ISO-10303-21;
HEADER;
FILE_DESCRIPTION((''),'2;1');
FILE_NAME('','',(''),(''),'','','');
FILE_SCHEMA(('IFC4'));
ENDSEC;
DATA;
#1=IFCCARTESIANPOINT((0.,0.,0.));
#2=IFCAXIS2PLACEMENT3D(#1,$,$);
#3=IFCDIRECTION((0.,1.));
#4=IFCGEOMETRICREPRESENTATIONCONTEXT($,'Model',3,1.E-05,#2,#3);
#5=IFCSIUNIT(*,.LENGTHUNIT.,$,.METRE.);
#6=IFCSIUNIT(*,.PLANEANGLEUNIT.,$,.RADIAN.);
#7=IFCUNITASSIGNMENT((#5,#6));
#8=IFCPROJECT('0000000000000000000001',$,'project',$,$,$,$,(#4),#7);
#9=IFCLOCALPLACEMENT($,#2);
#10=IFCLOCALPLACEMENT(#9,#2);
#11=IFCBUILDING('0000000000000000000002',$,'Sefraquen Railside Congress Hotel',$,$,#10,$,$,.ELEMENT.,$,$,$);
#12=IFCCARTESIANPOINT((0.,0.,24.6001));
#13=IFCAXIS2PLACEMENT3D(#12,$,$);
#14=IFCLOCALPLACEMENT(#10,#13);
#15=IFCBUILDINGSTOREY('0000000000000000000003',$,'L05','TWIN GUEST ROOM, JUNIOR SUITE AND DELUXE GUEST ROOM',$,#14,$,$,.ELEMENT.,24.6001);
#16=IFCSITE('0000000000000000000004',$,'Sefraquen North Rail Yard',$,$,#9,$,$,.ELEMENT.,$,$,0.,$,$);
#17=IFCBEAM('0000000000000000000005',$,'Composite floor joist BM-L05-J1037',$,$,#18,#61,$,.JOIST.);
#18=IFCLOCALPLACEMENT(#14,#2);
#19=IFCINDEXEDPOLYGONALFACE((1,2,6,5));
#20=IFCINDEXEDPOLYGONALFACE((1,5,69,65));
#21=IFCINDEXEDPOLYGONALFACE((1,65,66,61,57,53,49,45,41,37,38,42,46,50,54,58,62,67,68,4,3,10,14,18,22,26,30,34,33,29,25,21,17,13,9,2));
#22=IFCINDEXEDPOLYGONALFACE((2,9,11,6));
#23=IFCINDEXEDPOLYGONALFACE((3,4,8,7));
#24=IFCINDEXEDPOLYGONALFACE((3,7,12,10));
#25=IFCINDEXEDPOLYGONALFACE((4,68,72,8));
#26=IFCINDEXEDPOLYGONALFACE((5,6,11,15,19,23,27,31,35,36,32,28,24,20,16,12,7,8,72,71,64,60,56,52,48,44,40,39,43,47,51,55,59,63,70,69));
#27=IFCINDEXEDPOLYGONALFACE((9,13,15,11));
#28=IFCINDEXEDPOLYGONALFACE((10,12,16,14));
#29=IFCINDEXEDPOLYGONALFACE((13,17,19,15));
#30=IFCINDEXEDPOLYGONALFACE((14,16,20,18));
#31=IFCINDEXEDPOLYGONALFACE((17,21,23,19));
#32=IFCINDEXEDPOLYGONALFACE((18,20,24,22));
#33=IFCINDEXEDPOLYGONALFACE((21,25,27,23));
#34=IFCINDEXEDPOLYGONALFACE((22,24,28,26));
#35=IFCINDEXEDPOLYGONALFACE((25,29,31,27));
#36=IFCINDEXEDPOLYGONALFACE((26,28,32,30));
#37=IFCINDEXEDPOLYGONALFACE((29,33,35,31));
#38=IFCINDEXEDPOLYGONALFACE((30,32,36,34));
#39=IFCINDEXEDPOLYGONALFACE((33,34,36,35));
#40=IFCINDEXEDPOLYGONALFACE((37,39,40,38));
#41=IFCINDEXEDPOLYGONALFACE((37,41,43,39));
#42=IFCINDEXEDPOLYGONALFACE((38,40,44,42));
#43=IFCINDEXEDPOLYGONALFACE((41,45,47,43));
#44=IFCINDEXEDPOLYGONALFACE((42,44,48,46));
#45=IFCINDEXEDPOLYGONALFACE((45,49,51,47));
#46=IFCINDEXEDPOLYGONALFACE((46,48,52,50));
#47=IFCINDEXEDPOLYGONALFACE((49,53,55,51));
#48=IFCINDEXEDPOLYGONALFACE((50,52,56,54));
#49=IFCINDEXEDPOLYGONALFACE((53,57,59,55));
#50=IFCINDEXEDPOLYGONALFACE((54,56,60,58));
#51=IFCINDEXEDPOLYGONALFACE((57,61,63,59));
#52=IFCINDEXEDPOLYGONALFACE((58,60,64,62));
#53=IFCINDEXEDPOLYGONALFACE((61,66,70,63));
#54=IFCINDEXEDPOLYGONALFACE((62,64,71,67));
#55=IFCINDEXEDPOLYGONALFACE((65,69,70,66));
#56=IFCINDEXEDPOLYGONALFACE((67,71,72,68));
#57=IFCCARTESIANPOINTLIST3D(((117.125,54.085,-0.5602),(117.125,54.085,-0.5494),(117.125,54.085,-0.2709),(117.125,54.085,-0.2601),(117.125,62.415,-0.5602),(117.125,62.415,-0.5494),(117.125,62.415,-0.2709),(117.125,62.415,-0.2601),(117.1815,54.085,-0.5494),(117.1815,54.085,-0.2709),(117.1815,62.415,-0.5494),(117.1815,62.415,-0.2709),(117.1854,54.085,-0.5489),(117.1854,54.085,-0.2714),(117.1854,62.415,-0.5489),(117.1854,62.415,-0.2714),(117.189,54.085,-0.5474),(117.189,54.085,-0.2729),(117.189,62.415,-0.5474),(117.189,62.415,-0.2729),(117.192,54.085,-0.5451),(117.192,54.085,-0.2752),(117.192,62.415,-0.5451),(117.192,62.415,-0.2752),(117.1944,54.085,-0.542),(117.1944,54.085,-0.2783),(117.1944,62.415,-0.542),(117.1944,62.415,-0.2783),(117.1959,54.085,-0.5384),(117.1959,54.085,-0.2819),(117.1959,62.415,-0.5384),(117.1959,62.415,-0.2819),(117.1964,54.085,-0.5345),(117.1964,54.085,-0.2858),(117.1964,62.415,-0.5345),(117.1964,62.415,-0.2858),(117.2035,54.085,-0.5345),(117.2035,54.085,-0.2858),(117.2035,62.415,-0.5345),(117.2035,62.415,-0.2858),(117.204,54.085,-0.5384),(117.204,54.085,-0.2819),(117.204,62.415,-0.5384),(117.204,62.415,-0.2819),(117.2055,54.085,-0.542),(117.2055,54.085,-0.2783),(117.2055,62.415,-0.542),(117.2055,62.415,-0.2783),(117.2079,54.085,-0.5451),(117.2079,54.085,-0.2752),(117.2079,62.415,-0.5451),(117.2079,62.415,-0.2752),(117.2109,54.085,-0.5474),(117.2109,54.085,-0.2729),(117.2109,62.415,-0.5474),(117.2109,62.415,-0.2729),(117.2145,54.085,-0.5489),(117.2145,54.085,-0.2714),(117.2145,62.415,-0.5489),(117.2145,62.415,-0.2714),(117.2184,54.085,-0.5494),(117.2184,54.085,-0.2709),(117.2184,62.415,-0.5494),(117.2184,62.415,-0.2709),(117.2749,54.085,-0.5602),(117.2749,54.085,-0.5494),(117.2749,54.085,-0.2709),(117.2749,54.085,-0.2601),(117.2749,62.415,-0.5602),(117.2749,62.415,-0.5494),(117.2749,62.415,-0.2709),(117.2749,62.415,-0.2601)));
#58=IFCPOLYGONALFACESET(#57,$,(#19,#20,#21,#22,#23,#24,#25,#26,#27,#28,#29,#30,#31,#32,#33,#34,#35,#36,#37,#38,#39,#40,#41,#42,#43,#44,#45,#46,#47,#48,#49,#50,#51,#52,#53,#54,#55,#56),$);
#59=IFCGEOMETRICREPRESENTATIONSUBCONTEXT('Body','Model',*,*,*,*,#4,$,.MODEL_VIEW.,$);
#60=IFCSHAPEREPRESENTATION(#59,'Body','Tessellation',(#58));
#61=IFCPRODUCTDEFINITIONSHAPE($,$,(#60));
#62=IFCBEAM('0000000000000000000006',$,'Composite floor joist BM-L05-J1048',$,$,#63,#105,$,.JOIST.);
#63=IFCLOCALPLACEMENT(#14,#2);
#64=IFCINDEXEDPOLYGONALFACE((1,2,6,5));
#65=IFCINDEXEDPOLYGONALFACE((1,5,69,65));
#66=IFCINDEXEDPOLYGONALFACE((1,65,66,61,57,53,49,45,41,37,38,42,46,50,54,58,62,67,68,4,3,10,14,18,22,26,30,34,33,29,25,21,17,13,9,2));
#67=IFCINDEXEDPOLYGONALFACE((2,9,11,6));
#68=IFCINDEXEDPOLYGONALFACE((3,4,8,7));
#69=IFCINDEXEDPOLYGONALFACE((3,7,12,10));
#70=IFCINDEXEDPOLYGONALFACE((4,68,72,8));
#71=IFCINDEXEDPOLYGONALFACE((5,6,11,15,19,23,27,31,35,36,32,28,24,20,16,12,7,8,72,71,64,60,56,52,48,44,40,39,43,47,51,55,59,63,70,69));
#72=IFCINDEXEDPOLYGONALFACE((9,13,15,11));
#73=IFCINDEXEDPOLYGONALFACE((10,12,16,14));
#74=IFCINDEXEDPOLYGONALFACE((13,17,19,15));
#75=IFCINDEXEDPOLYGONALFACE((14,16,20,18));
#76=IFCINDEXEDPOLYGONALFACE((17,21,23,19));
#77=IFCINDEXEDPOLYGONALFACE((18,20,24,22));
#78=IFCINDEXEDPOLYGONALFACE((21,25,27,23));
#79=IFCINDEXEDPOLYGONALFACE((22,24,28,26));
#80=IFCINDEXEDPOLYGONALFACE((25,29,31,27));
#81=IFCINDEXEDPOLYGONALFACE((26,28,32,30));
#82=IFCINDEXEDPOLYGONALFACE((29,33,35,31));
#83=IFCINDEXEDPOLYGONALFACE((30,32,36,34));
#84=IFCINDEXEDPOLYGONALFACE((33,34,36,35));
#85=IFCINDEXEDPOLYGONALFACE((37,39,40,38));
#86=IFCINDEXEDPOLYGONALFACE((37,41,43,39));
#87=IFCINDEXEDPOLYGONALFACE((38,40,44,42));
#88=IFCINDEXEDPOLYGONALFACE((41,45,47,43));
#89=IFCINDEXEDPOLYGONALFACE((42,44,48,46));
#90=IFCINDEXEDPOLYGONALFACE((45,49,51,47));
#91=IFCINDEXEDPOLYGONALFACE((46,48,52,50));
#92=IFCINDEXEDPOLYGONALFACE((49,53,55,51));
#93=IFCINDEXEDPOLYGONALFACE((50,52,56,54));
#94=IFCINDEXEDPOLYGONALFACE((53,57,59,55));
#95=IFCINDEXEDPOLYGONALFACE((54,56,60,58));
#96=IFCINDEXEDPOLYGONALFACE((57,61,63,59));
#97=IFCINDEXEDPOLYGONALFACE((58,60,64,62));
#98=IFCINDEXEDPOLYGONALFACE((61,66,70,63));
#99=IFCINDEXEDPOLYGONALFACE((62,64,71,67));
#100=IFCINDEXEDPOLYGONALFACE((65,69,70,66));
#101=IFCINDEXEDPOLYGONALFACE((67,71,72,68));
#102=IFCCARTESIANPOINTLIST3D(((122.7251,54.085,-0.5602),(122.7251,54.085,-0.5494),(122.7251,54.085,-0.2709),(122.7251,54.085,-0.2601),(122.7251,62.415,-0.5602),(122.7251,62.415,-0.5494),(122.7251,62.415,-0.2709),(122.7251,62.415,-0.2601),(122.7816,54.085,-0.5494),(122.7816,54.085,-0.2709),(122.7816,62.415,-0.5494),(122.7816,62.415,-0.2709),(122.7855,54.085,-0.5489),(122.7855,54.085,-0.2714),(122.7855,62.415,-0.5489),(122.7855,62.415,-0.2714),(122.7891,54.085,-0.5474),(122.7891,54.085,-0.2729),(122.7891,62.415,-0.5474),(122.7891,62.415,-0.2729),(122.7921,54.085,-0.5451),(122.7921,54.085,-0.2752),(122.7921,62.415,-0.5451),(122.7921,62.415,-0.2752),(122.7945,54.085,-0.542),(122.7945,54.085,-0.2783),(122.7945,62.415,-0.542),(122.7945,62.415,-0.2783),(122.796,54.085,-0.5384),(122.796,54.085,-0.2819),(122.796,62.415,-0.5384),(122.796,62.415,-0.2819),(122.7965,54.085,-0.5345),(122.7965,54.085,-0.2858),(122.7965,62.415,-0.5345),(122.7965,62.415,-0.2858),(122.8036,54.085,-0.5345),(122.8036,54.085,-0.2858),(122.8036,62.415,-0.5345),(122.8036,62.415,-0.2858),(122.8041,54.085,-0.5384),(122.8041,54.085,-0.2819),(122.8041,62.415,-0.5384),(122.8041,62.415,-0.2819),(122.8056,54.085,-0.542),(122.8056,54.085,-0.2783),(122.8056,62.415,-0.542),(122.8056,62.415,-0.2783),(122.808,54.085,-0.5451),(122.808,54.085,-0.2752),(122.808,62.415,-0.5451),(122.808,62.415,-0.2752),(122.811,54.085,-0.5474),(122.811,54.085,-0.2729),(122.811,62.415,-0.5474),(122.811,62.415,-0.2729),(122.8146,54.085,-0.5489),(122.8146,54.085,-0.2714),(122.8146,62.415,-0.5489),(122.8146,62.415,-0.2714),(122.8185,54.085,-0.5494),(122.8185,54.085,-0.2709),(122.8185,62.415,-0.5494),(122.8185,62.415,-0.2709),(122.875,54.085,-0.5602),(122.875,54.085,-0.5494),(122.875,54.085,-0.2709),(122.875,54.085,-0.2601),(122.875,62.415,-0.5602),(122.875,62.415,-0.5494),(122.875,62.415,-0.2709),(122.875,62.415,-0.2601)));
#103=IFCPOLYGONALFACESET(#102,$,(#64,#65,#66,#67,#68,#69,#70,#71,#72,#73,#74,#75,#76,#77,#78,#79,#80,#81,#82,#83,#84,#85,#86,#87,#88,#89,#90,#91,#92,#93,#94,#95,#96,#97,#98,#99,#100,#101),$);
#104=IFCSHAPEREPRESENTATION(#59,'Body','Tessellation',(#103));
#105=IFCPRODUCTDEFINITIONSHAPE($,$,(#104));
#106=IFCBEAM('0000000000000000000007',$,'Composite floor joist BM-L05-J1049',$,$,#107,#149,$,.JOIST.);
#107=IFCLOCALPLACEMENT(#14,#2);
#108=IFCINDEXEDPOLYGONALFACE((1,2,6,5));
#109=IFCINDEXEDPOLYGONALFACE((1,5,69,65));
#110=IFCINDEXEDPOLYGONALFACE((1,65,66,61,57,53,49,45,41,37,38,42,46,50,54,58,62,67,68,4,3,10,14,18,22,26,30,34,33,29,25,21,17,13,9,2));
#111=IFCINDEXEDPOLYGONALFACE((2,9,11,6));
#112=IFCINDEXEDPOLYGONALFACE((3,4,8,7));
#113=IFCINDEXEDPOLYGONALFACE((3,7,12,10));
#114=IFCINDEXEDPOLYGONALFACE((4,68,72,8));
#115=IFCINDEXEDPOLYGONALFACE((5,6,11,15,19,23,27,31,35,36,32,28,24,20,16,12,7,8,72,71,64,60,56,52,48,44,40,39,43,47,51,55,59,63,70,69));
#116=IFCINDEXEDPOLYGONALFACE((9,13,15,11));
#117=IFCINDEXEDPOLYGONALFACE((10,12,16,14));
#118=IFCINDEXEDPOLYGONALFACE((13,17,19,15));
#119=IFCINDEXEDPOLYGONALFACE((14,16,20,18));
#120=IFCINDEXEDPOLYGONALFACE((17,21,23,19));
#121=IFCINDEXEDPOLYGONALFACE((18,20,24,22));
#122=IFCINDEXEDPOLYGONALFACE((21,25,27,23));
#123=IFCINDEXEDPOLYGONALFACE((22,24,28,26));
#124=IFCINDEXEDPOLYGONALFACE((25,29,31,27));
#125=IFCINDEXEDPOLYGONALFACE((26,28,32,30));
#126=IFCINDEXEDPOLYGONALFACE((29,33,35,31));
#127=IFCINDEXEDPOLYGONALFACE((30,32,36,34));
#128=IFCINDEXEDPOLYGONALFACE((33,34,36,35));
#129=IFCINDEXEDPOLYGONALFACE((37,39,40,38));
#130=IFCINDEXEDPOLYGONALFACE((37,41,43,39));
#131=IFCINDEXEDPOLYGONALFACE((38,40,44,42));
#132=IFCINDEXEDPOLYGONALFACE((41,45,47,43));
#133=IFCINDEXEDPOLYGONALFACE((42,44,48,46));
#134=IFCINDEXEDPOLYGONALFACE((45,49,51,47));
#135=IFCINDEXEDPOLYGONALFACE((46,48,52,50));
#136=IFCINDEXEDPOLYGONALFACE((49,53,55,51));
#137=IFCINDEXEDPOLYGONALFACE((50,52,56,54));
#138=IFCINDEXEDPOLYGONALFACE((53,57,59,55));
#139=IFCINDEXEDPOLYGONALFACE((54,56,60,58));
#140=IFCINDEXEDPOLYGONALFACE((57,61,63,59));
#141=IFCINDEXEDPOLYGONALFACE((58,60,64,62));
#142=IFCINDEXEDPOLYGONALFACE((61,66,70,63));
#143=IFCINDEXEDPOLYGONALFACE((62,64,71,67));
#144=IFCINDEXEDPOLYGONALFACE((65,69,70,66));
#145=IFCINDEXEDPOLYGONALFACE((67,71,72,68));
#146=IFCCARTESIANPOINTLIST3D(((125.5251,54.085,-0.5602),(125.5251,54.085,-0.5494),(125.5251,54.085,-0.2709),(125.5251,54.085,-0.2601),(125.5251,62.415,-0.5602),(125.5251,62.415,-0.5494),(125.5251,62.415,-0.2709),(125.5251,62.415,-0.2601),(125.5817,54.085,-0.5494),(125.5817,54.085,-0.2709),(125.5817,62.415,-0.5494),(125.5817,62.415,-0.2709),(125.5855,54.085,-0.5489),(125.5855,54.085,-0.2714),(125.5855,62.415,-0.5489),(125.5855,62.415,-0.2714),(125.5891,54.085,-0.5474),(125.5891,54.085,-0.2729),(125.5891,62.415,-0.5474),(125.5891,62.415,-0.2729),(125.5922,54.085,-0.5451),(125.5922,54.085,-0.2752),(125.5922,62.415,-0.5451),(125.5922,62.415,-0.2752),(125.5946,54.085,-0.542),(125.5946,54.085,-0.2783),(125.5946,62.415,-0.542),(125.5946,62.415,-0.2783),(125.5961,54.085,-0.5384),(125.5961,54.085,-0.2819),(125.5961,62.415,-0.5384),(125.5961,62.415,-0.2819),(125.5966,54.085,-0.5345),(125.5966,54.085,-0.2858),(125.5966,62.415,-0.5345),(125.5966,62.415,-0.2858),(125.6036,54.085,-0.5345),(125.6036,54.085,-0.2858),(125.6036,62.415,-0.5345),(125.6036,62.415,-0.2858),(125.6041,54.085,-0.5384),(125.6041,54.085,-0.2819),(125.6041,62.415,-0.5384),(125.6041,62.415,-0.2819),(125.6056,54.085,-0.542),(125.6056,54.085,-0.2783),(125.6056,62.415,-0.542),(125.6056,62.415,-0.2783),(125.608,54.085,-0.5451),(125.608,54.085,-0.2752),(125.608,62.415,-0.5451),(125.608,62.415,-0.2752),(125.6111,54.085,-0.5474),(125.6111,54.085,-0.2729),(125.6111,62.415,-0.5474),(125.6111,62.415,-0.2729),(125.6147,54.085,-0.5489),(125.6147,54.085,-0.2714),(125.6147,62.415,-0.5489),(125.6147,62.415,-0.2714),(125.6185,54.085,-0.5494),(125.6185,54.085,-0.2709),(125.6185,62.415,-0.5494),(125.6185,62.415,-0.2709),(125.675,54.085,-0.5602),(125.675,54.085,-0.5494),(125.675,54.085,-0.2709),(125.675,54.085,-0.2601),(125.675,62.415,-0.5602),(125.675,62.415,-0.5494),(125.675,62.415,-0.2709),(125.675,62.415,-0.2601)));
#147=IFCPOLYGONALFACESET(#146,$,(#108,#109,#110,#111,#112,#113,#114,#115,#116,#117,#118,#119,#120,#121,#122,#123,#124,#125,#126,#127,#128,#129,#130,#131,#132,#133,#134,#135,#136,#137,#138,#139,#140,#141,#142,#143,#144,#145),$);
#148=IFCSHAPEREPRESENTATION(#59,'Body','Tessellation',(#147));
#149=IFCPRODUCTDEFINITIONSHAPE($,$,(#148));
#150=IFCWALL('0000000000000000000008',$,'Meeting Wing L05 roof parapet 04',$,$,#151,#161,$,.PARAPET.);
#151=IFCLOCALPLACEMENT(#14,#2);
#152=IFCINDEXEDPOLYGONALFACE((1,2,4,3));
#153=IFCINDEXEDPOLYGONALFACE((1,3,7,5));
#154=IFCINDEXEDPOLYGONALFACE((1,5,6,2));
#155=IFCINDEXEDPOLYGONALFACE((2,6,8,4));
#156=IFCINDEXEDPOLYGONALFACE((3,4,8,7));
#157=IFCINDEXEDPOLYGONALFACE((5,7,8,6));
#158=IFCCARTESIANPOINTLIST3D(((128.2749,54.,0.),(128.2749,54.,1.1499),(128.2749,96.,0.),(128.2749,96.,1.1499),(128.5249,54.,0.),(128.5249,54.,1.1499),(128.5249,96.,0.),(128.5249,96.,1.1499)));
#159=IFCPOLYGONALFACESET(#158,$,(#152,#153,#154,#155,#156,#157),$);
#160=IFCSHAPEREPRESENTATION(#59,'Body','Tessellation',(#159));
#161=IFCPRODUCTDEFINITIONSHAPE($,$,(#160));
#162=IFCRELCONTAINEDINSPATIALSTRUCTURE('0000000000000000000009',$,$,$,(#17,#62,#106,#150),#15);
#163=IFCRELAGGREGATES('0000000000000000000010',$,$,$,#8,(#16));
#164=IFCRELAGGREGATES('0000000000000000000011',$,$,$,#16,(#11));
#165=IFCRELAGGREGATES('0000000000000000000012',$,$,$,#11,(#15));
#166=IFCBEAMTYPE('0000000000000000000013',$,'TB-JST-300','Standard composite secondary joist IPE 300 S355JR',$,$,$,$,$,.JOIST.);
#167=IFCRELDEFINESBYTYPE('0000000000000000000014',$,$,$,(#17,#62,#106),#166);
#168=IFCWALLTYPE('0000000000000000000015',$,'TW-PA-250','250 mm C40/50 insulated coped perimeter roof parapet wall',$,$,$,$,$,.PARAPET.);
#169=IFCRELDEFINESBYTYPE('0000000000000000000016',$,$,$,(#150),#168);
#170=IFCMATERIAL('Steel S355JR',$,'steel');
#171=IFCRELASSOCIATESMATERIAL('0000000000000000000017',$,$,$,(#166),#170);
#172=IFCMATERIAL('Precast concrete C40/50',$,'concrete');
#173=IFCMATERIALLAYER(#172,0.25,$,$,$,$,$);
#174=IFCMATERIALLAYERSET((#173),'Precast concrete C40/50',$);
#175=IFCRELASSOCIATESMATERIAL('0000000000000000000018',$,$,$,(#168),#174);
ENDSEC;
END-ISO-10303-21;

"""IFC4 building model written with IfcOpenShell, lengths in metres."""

from ifc_helpers import new_model, si_unit, direction, frame, frame_2d, origin, origin_2d, place, context, subcontext, project, spatial, rectangle, i_section, extrude, material, layer, layer_set, material_profile, profile_set, type_object, element, save


model = new_model("IFC4")

# Units and contexts
model_context = context("Model", 3, precision=1e-05, world=origin(), true_north=direction((0.0, 1.0)))
body_context = subcontext(model_context, "Body", "Model", "MODEL_VIEW")
ifc_project = project(units=[si_unit("LENGTHUNIT", "METRE"), si_unit("PLANEANGLEUNIT", "RADIAN")], contexts=[model_context])

# Site, building, storey
site_placement = place(None, origin())
site = spatial("IfcSite", under=ifc_project, at=site_placement, Name="Sefraquen North Rail Yard", CompositionType="ELEMENT", RefElevation=0.0)
building_placement = place(site_placement, origin())
building = spatial("IfcBuilding", under=site, at=building_placement, Name="Sefraquen Railside Congress Hotel", CompositionType="ELEMENT")
storey_placement = place(building_placement, frame((0.0, 0.0, 24.6001)))
storey = spatial("IfcBuildingStorey", under=building, at=storey_placement, Name="L05", Description="TWIN GUEST ROOM, JUNIOR SUITE AND DELUXE GUEST ROOM", CompositionType="ELEMENT", Elevation=24.6001)

# Beams
ifc_material_1 = material(Name="Steel S355JR", Category="steel")
ifc_material_profile_1 = material_profile(ifc_material_1, i_section(OverallWidth=0.1499, OverallDepth=0.3, WebThickness=0.0071, FlangeThickness=0.0107, FilletRadius=0.0149, at=origin_2d()), Name="IPE 300")
ifc_profile_set_1 = profile_set([ifc_material_profile_1], Name="Steel S355JR")
beam_type_1 = type_object("IfcBeamType", Name="TB-JST-300", Description="Standard composite secondary joist IPE 300 S355JR", PredefinedType="JOIST", material=ifc_profile_set_1)
for number, where, z_axis, x_axis, name in (
    (1, (117.2, 54.085, -0.4102), (0.0, 1.0, 0.0), (-1.0, 0.0, 0.0), "Composite floor joist BM-L05-J1037"),
    (2, (122.8, 54.085, -0.4102), (0.0, 1.0, 0.0), (-1.0, 0.0, 0.0), "Composite floor joist BM-L05-J1048"),
    (3, (125.6001, 54.085, -0.4102), (0.0, 1.0, 0.0), (-1.0, 0.0, 0.0), "Composite floor joist BM-L05-J1049"),
):
    element("IfcBeam", number, at=place(storey_placement, frame(where, z_axis=z_axis, x_axis=x_axis)), inside=storey, type_object=beam_type_1, Name=name, PredefinedType="JOIST", context=body_context, shape_type="SweptSolid", body=[
        extrude(i_section(OverallWidth=0.1499, OverallDepth=0.3, WebThickness=0.0071, FlangeThickness=0.0107, FilletRadius=0.0149, at=origin_2d()), origin(), (0.0, 0.0, 1.0), 8.3301),
    ])

# Wall
ifc_material_2 = material(Name="Precast concrete C40/50", Category="concrete")
ifc_layer = layer(ifc_material_2, 0.25)
ifc_layer_set = layer_set([ifc_layer], Name="Precast concrete C40/50")
wall_type = type_object("IfcWallType", Name="TW-PA-250", Description="250 mm C40/50 insulated coped perimeter roof parapet wall", PredefinedType="PARAPET", material=ifc_layer_set)
wall_placement = place(storey_placement, frame((128.3999, 54.0, 0.0), z_axis=(0.0, 0.0, 1.0), x_axis=(0.0, 1.0, 0.0)))
element("IfcWall", 4, at=wall_placement, inside=storey, type_object=wall_type, Name="Meeting Wing L05 roof parapet 04", PredefinedType="PARAPET", context=body_context, shape_type="SweptSolid", body=[
    extrude(rectangle(XDim=42.0, YDim=0.25, at=frame_2d((21.0, 0.0))), origin(), (0.0, 0.0, 1.0), 1.1499),
])

save(model, "model.ifc")
